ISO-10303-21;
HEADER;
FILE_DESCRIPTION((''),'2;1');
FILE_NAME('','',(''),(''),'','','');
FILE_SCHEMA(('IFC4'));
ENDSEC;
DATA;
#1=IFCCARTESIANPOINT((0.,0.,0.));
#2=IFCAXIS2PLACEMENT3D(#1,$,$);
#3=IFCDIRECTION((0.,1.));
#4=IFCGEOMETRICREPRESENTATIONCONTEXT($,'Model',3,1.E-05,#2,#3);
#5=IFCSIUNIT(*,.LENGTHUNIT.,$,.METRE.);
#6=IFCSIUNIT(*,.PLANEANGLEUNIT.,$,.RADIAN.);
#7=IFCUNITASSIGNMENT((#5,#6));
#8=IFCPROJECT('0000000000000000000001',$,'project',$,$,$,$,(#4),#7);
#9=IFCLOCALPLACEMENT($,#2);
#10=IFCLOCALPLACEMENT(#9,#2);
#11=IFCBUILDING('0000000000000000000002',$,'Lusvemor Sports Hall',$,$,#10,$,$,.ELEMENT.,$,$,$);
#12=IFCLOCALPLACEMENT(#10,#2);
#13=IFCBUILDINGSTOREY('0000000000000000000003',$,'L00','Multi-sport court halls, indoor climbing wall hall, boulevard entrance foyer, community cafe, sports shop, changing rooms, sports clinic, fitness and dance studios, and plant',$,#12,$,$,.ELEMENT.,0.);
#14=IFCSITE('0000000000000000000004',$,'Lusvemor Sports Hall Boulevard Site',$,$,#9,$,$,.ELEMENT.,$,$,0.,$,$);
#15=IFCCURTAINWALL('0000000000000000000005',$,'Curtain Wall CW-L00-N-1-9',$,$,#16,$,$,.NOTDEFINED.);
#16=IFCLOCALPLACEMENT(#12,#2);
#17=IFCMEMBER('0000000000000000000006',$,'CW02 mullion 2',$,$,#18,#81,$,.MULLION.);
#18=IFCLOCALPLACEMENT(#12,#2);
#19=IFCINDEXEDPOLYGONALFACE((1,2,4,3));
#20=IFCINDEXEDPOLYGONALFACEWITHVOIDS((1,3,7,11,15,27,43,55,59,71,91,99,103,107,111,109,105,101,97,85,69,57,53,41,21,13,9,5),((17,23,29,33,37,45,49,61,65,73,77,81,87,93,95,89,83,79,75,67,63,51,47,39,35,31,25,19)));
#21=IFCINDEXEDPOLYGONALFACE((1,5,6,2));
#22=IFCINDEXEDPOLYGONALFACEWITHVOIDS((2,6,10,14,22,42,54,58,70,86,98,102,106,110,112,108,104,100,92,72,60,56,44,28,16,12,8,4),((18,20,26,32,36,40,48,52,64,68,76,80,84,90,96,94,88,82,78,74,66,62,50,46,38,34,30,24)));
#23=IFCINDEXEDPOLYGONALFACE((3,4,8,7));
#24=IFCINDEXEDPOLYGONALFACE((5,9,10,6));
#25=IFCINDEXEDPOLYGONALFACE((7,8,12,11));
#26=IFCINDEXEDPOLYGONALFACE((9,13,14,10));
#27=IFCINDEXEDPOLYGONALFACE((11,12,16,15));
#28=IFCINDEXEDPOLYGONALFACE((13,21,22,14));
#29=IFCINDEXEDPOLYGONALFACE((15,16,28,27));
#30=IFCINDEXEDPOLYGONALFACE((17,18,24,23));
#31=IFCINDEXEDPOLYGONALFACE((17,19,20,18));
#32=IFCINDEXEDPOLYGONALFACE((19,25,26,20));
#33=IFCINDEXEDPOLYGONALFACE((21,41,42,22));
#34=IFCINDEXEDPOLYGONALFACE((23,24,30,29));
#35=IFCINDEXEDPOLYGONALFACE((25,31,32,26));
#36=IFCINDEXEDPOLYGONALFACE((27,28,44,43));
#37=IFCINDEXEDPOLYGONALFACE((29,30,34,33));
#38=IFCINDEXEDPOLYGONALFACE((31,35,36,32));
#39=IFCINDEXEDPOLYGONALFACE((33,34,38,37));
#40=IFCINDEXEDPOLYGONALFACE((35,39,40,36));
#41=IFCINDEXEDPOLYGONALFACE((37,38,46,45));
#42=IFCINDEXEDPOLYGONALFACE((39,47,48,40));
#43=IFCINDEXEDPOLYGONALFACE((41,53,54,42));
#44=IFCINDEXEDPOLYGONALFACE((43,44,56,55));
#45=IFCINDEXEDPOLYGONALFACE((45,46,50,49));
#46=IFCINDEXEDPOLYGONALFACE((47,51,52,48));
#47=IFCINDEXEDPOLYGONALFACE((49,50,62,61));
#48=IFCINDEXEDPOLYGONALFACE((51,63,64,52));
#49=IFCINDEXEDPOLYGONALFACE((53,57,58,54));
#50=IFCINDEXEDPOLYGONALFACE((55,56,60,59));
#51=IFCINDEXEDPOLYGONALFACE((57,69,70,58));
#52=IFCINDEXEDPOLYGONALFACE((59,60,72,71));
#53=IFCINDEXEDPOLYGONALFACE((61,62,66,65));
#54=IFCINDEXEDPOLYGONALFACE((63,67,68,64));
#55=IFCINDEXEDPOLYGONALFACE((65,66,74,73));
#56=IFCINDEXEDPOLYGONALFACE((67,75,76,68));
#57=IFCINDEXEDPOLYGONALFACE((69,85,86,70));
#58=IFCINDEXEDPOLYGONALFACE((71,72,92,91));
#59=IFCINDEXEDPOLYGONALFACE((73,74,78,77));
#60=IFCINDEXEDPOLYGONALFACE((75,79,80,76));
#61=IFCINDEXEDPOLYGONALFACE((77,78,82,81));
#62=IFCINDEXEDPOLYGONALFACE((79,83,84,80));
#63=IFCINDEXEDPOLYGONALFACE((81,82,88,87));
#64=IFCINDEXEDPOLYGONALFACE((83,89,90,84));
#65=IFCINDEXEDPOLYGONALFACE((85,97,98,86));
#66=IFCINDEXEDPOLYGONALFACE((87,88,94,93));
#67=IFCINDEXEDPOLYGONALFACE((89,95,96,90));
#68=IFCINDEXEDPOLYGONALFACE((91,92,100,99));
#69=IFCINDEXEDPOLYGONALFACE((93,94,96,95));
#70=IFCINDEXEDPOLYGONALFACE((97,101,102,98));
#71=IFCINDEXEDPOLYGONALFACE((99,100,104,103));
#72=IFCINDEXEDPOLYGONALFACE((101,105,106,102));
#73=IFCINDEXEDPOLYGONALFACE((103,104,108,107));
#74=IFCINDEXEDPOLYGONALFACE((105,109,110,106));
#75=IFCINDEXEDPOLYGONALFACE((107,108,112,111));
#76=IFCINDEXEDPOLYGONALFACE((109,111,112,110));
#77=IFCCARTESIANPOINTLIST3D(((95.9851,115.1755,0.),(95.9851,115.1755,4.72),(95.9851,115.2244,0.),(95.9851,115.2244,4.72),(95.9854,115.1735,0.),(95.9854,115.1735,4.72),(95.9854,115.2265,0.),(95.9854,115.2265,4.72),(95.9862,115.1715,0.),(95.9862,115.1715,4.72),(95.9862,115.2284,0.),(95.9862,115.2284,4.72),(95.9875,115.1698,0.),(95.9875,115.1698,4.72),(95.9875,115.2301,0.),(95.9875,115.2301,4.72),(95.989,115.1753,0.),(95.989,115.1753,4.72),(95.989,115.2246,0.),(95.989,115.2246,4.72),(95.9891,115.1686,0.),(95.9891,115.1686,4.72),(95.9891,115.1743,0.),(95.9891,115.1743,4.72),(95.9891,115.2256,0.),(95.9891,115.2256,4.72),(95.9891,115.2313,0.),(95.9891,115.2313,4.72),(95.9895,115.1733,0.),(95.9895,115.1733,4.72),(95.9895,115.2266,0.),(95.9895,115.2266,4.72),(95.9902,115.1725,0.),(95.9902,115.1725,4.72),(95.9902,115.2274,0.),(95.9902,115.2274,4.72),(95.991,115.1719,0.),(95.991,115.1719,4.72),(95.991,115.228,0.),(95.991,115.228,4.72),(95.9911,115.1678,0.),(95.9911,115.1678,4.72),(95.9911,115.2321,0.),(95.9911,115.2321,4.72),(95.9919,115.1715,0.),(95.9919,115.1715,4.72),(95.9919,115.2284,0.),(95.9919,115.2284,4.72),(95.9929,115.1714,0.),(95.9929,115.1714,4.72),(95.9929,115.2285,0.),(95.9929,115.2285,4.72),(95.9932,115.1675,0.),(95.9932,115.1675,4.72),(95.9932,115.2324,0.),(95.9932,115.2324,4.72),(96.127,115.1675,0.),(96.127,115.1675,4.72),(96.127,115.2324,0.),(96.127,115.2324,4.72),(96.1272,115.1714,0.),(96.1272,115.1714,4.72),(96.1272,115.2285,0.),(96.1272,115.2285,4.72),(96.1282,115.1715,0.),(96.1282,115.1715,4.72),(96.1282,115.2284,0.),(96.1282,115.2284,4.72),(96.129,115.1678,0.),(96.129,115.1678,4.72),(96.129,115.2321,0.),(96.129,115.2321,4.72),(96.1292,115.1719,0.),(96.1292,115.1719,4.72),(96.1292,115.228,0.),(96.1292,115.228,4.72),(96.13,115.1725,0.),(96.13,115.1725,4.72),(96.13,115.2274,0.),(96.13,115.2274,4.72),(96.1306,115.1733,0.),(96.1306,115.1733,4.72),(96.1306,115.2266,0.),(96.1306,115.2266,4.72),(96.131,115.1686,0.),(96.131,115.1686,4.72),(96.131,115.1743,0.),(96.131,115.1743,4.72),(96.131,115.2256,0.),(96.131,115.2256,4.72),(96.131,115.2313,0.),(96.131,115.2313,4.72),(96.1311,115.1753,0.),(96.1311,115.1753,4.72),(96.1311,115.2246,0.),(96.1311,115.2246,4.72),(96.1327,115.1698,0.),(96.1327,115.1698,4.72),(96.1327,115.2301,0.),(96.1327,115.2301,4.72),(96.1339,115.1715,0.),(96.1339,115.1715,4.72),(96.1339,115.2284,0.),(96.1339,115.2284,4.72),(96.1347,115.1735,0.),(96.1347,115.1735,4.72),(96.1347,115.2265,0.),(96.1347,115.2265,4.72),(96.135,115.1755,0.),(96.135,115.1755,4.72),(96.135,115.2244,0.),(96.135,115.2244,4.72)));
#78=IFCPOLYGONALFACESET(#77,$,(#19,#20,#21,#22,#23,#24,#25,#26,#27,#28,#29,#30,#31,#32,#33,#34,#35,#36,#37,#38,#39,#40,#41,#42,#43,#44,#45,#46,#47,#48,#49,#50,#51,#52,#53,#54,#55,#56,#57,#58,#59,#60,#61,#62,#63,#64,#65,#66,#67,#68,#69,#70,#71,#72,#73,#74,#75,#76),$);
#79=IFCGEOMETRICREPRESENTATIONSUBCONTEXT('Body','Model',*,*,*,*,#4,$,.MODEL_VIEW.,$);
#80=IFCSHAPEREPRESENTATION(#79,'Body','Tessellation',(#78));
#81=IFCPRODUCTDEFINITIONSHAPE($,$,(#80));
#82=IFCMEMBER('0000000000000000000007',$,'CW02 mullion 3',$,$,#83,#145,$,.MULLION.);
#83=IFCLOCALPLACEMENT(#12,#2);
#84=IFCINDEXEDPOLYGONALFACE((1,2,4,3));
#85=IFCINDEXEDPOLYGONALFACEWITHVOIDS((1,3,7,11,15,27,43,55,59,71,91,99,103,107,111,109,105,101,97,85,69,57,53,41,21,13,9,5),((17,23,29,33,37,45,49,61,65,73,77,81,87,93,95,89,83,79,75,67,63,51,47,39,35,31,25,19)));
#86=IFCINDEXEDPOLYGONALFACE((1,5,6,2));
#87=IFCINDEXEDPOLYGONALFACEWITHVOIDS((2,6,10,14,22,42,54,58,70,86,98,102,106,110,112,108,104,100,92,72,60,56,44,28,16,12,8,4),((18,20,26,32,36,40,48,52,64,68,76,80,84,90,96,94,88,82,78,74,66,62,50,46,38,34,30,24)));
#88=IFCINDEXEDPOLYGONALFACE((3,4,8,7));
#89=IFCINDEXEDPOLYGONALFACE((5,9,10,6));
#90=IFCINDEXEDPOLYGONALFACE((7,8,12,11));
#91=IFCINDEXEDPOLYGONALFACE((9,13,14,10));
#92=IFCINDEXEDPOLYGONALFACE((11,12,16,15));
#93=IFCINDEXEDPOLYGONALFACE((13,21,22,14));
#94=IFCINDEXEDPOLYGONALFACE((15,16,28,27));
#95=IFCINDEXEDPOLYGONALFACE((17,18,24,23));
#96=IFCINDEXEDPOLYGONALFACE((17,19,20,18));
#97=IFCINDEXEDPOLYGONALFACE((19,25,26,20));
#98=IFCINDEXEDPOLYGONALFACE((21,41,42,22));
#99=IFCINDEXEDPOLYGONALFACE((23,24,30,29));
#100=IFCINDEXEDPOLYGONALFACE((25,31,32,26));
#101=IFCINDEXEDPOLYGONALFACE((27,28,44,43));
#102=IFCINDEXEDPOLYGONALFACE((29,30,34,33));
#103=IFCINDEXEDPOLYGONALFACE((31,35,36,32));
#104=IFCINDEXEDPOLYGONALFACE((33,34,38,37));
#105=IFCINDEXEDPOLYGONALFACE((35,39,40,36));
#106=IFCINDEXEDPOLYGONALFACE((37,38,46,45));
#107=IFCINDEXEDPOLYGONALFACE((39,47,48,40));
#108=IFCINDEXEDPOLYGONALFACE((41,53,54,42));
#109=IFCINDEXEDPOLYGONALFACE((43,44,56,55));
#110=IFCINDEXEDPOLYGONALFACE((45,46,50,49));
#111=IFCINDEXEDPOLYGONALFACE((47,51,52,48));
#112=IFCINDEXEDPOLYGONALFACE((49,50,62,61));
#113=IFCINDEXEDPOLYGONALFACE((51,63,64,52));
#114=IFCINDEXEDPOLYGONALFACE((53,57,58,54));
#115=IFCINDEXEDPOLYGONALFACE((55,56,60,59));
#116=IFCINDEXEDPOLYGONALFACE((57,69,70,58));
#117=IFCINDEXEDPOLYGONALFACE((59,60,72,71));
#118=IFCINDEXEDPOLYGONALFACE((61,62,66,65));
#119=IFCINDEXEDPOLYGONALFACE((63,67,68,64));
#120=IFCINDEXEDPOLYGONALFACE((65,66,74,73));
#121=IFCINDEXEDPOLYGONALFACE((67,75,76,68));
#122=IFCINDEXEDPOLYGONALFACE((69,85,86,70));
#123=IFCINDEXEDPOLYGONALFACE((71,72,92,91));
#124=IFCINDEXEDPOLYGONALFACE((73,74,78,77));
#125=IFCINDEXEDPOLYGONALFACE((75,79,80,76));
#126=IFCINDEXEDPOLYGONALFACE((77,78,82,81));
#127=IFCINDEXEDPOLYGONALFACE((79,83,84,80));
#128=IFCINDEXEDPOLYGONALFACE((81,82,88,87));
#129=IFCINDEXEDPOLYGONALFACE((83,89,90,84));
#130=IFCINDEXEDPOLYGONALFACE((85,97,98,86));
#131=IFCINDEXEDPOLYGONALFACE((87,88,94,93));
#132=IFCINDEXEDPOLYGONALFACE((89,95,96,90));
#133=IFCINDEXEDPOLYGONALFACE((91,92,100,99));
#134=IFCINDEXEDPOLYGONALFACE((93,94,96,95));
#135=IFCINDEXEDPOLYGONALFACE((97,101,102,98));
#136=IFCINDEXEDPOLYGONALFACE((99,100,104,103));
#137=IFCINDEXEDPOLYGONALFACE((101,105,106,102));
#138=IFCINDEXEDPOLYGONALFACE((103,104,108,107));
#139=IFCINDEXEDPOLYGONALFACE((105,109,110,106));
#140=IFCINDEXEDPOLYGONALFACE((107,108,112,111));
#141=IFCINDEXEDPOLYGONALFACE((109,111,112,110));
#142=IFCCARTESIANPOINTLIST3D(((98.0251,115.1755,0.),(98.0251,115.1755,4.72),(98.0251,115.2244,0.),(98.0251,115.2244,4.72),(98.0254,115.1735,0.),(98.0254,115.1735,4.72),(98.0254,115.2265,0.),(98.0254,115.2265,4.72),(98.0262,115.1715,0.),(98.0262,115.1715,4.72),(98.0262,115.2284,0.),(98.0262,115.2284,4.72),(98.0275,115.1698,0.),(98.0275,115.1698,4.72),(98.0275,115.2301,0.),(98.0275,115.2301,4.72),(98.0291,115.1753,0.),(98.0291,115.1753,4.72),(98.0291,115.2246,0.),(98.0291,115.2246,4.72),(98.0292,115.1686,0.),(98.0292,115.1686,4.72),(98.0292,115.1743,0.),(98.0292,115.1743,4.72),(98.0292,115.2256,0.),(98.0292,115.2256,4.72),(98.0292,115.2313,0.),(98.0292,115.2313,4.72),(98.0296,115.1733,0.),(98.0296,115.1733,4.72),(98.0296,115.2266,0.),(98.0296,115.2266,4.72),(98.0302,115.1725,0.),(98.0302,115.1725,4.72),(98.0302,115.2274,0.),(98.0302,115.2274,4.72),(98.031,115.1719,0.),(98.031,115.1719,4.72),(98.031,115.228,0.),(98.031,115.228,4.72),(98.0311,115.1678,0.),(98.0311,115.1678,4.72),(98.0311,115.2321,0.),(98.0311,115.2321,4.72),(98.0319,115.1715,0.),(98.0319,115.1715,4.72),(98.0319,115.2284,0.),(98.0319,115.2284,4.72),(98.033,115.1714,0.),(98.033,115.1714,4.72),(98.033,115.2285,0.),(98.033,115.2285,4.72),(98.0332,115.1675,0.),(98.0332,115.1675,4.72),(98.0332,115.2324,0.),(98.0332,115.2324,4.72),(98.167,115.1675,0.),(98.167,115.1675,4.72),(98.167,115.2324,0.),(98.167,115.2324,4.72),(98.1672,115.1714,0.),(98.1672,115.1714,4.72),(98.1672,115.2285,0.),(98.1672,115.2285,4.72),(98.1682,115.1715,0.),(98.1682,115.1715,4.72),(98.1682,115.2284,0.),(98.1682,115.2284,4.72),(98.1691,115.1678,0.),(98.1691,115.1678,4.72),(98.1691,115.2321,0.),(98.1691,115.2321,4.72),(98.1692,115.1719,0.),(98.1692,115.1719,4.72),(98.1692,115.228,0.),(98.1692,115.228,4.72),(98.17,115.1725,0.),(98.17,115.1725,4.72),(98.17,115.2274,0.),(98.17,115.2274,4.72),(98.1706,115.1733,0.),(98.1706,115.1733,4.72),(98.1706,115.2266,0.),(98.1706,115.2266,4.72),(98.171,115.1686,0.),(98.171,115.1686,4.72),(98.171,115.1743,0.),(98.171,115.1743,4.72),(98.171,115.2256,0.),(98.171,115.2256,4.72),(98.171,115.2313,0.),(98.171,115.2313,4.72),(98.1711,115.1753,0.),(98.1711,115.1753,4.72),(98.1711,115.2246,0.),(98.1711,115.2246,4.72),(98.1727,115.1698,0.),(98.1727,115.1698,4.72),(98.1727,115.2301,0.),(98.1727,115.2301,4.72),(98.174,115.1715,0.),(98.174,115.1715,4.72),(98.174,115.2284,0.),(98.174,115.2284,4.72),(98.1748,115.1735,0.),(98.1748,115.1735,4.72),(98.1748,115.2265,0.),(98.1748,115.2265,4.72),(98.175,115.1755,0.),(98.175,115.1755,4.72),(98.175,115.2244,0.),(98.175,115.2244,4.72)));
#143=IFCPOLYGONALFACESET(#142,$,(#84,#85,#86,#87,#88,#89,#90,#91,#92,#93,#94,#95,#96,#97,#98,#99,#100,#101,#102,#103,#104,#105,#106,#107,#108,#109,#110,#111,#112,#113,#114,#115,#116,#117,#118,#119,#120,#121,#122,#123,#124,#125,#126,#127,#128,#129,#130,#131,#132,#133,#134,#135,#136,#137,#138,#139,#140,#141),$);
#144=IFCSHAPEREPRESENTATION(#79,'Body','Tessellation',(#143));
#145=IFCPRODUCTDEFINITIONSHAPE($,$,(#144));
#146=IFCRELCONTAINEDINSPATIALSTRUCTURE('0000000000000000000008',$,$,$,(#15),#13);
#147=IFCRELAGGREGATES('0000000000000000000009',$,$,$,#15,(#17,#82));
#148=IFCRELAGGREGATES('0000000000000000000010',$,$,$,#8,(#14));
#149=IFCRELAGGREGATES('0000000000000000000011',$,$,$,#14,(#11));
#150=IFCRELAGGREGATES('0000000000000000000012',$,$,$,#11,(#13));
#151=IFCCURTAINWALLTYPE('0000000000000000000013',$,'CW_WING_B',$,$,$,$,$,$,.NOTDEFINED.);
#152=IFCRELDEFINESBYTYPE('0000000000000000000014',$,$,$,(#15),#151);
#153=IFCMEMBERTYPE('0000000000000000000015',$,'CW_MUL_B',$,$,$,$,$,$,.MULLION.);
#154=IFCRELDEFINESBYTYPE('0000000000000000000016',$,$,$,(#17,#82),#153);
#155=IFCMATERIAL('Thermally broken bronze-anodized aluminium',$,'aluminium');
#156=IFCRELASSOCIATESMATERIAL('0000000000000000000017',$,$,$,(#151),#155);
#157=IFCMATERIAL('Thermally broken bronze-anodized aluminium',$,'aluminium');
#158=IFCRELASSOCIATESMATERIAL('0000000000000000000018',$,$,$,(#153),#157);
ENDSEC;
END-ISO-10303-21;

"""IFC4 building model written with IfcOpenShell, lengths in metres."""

from ifc_helpers import new_model, si_unit, direction, frame, origin, origin_2d, place, context, subcontext, project, spatial, hollow_rectangle, extrude, material, material_profile, profile_set, type_object, element, aggregate, save


model = new_model("IFC4")

# Units and contexts
model_context = context("Model", 3, precision=1e-05, world=origin(), true_north=direction((0.0, 1.0)))
body_context = subcontext(model_context, "Body", "Model", "MODEL_VIEW")
ifc_project = project(units=[si_unit("LENGTHUNIT", "METRE"), si_unit("PLANEANGLEUNIT", "RADIAN")], contexts=[model_context])

# Site, building, storey
site_placement = place(None, origin())
site = spatial("IfcSite", under=ifc_project, at=site_placement, Name="Lusvemor Sports Hall Boulevard Site", CompositionType="ELEMENT", RefElevation=0.0)
building_placement = place(site_placement, origin())
building = spatial("IfcBuilding", under=site, at=building_placement, Name="Lusvemor Sports Hall", CompositionType="ELEMENT")
storey_placement = place(building_placement, origin())
storey = spatial("IfcBuildingStorey", under=building, at=storey_placement, Name="L00", Description="Multi-sport court halls, indoor climbing wall hall, boulevard entrance foyer, community cafe, sports shop, changing rooms, sports clinic, fitness and dance studios, and plant", CompositionType="ELEMENT", Elevation=0.0)

# Curtain wall, members
ifc_material_1 = material(Name="Thermally broken bronze-anodized aluminium", Category="aluminium")
curtain_wall_type = type_object("IfcCurtainWallType", Name="CW_WING_B", PredefinedType="NOTDEFINED", material=ifc_material_1)
curtain_wall_placement = place(storey_placement, origin())
curtain_wall = element("IfcCurtainWall", 1, at=curtain_wall_placement, inside=storey, type_object=curtain_wall_type, Name="Curtain Wall CW-L00-N-1-9", PredefinedType="NOTDEFINED")
ifc_material_2 = material(Name="Thermally broken bronze-anodized aluminium", Category="aluminium")
ifc_material_profile_1 = material_profile(ifc_material_2, hollow_rectangle(XDim=0.0649, YDim=0.1499, WallThickness=0.0039, InnerFilletRadius=0.0039, OuterFilletRadius=0.0081, at=origin_2d()), Name="CWMUL150x65x4")
ifc_profile_set_1 = profile_set([ifc_material_profile_1], Name="Thermally broken bronze-anodized aluminium")
member_type_1 = type_object("IfcMemberType", Name="CW_MUL_B", PredefinedType="MULLION", material=ifc_profile_set_1)
member_1_placement = place(storey_placement, frame((96.0601, 115.2, 0.0), z_axis=(0.0, 0.0, 1.0), x_axis=(0.0, 1.0, 0.0)))
member_1 = element("IfcMember", 2, at=member_1_placement, type_object=member_type_1, Name="CW02 mullion 2", PredefinedType="MULLION", context=body_context, shape_type="SweptSolid", body=[
    extrude(hollow_rectangle(XDim=0.0649, YDim=0.1499, WallThickness=0.0039, InnerFilletRadius=0.0039, OuterFilletRadius=0.0081, at=origin_2d()), origin(), (0.0, 0.0, 1.0), 4.72),
])
member_2_placement = place(storey_placement, frame((98.1001, 115.2, 0.0), z_axis=(0.0, 0.0, 1.0), x_axis=(0.0, 1.0, 0.0)))
member_2 = element("IfcMember", 3, at=member_2_placement, type_object=member_type_1, Name="CW02 mullion 3", PredefinedType="MULLION", context=body_context, shape_type="SweptSolid", body=[
    extrude(hollow_rectangle(XDim=0.0649, YDim=0.1499, WallThickness=0.0039, InnerFilletRadius=0.0039, OuterFilletRadius=0.0081, at=origin_2d()), origin(), (0.0, 0.0, 1.0), 4.72),
])
aggregate(curtain_wall, [member_1, member_2])

save(model, "model.ifc")
